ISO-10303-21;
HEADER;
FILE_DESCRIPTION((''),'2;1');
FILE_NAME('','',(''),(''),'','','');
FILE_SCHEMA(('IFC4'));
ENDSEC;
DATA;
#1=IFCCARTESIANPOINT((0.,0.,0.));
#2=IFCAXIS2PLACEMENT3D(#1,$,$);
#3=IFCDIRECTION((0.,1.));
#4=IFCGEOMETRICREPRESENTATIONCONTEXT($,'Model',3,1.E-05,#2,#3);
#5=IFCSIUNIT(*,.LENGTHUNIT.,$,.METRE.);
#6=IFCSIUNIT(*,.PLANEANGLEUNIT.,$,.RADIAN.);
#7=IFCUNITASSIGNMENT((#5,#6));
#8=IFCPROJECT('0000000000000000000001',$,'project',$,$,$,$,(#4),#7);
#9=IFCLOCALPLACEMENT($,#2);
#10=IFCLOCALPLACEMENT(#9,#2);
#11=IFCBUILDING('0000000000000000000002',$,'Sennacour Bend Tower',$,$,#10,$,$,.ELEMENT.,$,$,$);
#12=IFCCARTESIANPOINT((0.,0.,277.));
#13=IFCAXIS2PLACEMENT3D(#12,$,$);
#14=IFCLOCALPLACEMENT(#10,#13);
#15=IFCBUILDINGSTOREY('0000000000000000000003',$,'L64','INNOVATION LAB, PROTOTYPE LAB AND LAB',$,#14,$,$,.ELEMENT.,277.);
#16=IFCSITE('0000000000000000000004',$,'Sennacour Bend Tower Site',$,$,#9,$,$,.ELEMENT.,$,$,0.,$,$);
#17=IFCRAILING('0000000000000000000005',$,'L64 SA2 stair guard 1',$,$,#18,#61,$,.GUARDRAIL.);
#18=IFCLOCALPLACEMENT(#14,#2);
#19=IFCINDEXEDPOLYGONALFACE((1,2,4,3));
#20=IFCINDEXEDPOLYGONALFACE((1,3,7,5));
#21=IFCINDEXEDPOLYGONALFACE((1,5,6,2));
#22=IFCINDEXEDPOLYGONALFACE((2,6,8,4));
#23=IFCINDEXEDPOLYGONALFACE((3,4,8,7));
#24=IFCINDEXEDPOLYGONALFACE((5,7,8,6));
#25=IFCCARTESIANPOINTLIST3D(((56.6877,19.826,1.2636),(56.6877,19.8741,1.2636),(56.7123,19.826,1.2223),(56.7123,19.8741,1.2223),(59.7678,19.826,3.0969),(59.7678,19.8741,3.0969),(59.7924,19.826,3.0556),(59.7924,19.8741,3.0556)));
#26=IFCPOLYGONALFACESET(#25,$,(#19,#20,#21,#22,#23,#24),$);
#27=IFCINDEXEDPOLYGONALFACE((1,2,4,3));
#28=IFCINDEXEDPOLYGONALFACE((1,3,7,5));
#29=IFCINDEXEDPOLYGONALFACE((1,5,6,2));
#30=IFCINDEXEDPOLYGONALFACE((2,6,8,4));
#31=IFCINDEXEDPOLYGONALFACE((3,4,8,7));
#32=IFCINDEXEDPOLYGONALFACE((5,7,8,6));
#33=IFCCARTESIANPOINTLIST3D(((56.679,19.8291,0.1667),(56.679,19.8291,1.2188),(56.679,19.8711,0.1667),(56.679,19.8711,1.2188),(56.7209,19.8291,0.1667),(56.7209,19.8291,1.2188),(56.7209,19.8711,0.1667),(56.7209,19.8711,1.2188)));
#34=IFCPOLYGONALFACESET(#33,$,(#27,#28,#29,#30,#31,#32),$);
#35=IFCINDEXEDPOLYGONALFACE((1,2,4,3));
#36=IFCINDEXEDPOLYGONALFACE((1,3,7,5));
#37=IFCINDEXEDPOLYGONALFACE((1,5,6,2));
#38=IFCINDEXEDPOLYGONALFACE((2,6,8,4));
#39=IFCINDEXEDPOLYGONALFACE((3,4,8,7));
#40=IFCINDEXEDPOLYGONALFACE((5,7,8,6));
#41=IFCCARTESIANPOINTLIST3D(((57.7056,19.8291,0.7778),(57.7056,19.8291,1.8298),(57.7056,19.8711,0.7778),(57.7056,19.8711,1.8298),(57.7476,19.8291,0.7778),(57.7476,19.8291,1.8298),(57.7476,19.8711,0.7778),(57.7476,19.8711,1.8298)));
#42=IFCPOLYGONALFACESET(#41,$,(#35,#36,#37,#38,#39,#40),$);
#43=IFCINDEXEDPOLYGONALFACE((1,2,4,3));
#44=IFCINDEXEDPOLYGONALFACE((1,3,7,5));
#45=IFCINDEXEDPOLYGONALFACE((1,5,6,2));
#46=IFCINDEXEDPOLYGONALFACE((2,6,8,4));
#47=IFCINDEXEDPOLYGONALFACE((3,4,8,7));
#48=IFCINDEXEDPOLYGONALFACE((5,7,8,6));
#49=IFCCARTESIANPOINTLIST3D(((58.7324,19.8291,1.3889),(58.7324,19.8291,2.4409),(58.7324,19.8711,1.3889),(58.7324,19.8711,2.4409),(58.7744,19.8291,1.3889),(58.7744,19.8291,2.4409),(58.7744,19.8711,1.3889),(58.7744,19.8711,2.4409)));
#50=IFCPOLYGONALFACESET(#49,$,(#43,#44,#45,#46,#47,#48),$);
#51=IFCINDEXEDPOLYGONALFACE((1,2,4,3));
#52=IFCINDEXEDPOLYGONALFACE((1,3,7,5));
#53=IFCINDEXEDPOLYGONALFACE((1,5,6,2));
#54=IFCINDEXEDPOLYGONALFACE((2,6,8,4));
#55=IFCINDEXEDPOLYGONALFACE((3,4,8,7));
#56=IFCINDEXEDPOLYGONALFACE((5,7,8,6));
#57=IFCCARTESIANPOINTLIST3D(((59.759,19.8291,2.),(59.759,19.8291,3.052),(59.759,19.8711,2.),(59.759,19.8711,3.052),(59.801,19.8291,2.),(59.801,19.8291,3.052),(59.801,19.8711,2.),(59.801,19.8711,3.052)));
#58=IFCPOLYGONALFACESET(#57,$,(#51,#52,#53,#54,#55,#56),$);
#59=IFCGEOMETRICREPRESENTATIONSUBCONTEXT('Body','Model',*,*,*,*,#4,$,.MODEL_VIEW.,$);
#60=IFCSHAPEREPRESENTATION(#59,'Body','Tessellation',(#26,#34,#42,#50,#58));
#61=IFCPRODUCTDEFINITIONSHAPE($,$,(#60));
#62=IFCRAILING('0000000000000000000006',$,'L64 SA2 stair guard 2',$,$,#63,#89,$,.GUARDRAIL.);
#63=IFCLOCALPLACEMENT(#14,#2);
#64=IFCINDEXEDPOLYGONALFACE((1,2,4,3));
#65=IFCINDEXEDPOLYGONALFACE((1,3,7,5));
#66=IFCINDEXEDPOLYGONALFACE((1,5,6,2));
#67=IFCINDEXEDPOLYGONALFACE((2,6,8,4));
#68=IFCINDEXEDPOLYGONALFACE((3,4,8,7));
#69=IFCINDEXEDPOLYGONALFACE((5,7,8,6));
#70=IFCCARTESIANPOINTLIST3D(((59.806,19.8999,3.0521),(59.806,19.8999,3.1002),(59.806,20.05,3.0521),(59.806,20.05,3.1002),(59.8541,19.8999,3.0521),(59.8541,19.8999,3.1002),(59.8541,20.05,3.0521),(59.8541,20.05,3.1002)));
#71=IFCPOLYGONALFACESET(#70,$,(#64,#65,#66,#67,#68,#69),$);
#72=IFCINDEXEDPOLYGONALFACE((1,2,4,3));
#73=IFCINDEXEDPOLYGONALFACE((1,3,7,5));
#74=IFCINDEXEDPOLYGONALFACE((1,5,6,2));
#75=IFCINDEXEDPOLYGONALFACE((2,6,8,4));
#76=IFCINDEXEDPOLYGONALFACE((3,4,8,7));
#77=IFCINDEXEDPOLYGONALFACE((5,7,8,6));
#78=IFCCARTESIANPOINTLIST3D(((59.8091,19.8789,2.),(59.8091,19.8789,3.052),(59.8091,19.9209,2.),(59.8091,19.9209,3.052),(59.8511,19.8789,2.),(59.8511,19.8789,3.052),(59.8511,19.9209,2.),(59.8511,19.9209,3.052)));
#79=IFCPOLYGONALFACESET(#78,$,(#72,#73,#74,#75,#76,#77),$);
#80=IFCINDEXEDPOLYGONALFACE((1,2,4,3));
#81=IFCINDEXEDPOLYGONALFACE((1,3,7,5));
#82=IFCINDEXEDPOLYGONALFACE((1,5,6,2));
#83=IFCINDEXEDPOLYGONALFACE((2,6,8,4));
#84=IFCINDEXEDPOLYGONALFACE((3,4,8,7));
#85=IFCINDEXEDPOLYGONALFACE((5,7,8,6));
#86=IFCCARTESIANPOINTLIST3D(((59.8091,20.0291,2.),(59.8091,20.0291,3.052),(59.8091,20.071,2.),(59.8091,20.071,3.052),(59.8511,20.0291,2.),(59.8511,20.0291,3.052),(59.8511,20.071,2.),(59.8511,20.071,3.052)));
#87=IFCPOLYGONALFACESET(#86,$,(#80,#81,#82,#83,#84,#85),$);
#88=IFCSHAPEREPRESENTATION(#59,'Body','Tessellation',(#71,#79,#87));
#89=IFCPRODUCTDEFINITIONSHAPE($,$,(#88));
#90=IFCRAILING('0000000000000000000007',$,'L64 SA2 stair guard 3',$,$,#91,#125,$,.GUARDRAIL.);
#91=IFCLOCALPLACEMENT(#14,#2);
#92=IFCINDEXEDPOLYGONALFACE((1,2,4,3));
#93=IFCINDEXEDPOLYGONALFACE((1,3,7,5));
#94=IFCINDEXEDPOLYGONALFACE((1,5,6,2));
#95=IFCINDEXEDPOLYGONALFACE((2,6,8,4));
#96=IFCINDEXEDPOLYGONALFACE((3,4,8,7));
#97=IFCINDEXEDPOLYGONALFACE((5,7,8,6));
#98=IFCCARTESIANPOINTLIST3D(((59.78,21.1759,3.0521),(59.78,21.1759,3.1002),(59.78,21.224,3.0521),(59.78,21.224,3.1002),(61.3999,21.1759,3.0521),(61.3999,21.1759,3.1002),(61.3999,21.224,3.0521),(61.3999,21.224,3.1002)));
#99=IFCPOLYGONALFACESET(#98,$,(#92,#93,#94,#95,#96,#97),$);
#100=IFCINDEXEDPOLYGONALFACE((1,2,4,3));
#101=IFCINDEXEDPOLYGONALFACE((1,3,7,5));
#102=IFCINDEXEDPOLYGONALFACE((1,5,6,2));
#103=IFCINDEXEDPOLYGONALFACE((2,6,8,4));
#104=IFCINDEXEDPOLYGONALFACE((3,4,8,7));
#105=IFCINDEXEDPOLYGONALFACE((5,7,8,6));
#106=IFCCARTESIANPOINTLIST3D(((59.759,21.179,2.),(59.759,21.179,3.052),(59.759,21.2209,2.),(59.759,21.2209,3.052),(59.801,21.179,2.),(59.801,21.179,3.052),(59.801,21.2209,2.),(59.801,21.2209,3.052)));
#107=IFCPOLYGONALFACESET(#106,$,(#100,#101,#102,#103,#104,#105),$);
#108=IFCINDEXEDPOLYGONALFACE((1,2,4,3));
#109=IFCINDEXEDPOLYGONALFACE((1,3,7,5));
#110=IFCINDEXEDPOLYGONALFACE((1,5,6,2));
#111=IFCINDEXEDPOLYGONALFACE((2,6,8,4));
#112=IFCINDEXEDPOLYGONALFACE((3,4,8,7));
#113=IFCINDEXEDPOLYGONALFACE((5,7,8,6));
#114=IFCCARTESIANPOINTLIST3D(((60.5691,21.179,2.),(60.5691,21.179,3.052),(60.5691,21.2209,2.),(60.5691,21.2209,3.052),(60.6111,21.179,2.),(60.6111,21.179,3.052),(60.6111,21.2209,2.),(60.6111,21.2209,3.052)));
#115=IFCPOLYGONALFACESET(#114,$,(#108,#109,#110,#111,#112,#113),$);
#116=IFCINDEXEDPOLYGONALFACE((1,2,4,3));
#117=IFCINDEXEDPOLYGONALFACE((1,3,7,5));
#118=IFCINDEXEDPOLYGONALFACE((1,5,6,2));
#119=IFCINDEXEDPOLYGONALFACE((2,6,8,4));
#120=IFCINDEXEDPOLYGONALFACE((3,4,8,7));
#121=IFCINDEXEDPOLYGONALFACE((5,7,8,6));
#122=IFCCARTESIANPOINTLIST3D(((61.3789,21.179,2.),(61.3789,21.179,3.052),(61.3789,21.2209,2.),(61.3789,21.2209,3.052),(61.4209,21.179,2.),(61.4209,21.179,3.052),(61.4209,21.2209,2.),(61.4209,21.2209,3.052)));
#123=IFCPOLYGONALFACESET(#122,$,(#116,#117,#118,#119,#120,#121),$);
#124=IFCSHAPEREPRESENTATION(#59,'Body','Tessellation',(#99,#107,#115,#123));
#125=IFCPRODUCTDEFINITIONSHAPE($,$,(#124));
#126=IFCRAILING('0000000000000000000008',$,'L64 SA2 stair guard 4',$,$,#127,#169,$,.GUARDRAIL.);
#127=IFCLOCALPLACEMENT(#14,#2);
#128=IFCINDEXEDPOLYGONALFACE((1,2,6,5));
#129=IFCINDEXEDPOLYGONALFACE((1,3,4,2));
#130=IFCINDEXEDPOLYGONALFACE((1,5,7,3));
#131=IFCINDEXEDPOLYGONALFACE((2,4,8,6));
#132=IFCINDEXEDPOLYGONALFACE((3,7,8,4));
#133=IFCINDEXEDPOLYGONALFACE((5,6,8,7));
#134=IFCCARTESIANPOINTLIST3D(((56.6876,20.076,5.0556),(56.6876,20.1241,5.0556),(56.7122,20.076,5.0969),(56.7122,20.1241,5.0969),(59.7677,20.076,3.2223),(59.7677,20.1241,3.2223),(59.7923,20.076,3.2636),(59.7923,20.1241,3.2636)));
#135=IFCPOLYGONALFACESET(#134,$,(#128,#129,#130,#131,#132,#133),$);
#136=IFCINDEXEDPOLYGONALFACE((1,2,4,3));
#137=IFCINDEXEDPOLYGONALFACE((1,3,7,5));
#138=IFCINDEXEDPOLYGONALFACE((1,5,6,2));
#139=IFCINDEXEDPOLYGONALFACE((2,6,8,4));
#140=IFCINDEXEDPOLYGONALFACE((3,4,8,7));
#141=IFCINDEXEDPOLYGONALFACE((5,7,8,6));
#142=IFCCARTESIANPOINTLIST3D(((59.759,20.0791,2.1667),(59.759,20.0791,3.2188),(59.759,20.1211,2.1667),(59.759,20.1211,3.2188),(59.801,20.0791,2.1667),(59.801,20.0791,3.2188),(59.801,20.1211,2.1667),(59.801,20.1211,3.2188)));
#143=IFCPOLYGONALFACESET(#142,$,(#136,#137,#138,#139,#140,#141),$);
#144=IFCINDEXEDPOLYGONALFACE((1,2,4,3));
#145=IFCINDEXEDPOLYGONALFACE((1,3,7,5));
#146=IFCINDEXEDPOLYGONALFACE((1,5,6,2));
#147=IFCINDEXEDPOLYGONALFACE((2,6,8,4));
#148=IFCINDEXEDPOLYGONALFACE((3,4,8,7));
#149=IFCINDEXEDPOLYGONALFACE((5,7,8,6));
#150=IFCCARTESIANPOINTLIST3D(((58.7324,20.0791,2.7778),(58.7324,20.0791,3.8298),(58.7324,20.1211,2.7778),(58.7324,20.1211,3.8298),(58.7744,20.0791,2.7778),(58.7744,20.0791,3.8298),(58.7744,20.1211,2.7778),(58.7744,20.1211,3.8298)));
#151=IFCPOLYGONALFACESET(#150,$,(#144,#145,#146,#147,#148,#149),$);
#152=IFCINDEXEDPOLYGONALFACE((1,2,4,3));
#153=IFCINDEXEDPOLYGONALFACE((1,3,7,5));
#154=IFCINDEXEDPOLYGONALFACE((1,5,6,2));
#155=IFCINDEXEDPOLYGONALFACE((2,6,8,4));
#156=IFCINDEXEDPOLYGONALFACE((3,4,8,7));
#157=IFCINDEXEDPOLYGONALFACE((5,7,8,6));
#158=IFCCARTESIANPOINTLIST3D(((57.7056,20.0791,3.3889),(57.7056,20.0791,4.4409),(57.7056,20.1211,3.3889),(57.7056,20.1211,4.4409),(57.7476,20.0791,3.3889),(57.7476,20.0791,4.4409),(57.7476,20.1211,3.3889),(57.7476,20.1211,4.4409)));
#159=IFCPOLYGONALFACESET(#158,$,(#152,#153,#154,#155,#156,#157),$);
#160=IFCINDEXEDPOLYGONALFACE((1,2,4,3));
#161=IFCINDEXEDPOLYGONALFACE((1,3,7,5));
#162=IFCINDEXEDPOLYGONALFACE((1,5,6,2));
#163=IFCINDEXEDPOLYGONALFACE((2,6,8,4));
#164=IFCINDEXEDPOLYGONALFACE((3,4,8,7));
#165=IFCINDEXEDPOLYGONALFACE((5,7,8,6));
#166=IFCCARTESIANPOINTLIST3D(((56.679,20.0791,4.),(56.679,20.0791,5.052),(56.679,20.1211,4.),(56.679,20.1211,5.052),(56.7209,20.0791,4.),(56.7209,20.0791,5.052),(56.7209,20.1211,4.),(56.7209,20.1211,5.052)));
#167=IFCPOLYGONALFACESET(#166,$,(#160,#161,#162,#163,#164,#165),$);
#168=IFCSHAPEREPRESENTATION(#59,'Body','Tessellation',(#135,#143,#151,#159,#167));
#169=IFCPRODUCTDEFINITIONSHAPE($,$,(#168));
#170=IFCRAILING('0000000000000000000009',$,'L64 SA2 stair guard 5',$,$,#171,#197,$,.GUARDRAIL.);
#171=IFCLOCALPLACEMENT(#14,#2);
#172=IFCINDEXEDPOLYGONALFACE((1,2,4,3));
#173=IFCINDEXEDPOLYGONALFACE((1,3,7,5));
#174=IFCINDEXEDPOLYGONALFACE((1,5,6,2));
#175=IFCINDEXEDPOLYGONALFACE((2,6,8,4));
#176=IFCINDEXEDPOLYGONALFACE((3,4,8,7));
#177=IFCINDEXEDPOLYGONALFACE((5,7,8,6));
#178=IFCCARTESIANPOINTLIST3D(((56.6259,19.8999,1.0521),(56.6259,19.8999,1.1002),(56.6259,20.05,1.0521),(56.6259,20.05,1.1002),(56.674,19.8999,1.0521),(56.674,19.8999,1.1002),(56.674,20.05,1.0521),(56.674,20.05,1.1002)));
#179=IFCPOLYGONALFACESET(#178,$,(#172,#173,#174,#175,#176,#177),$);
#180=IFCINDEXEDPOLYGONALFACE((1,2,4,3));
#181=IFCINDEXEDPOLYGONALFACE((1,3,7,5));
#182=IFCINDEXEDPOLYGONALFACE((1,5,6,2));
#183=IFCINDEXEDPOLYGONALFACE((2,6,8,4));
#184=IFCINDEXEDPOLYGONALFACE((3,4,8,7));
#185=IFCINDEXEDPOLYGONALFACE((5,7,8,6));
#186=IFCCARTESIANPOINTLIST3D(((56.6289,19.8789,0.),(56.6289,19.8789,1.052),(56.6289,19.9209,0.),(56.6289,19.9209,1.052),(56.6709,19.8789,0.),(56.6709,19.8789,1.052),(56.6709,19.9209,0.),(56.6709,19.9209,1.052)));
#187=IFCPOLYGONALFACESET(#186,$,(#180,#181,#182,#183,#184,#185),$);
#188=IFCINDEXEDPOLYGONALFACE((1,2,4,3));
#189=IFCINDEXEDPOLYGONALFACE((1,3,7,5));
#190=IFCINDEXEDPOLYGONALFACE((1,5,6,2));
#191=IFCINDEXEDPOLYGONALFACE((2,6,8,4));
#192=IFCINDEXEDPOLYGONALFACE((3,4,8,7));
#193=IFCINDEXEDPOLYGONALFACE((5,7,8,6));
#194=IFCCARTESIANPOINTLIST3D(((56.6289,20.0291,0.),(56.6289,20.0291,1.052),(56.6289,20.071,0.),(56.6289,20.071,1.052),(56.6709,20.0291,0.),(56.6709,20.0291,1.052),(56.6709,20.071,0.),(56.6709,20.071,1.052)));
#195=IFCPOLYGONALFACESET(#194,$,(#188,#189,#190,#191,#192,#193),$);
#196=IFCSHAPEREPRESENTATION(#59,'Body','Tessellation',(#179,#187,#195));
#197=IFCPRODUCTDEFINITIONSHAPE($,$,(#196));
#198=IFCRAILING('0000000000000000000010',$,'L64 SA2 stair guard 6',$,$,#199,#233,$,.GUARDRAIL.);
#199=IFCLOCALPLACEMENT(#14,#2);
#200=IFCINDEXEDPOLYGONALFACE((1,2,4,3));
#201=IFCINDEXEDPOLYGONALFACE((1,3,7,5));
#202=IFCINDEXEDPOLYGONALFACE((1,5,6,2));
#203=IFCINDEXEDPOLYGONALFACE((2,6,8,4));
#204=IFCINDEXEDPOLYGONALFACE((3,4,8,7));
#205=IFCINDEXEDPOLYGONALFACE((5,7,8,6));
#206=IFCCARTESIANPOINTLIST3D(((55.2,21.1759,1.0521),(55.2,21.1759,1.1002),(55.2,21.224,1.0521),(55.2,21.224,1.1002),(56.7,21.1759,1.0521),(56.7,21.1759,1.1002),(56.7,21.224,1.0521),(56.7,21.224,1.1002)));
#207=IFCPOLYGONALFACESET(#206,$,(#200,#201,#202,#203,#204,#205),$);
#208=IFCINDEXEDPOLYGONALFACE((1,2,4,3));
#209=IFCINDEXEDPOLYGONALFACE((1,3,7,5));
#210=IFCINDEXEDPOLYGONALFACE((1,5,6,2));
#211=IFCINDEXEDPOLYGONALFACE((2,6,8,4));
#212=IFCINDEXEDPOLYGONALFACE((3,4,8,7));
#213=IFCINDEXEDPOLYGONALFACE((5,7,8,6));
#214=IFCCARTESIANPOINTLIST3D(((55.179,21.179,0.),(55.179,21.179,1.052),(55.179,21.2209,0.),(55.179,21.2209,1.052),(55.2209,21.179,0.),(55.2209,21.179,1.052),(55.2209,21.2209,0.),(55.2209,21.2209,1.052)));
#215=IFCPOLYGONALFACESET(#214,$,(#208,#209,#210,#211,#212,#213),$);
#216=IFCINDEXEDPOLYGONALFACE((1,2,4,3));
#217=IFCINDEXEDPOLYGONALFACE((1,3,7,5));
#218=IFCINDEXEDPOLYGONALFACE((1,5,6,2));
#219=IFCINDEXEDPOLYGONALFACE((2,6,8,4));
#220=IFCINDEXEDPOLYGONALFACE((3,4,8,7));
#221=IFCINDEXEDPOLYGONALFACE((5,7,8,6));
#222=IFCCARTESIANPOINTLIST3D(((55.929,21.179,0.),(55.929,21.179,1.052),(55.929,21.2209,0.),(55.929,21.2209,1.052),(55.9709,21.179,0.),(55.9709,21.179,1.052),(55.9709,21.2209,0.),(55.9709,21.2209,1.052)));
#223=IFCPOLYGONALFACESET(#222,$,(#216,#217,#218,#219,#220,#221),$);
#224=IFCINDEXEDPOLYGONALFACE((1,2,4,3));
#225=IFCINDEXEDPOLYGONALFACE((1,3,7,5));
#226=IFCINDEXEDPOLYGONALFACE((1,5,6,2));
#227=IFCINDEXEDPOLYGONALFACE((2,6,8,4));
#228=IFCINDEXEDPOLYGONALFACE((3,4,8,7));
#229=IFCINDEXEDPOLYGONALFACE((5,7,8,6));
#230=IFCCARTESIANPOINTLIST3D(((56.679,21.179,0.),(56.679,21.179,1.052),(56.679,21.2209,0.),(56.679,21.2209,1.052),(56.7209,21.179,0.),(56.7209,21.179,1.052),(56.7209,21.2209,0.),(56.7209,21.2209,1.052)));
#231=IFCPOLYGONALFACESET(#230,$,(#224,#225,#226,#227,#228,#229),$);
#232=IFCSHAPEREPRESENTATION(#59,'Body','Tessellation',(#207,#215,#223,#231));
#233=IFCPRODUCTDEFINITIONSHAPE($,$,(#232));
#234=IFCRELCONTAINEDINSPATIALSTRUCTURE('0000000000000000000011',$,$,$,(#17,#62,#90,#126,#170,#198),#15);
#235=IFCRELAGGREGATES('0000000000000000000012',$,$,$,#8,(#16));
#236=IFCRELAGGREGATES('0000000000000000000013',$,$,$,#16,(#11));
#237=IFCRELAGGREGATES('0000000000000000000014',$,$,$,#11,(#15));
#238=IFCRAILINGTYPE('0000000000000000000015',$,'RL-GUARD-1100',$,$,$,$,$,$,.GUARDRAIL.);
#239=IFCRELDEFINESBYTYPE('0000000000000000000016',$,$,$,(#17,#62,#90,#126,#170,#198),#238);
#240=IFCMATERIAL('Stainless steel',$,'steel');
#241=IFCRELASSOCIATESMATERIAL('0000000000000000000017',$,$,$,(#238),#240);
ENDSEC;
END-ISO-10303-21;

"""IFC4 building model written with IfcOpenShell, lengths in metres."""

from ifc_helpers import new_model, si_unit, direction, frame, origin, origin_2d, place, context, subcontext, project, spatial, rectangle, extrude, material, type_object, element, save


model = new_model("IFC4")

# Units and contexts
model_context = context("Model", 3, precision=1e-05, world=origin(), true_north=direction((0.0, 1.0)))
body_context = subcontext(model_context, "Body", "Model", "MODEL_VIEW")
ifc_project = project(units=[si_unit("LENGTHUNIT", "METRE"), si_unit("PLANEANGLEUNIT", "RADIAN")], contexts=[model_context])

# Site, building, storey
site_placement = place(None, origin())
site = spatial("IfcSite", under=ifc_project, at=site_placement, Name="Sennacour Bend Tower Site", CompositionType="ELEMENT", RefElevation=0.0)
building_placement = place(site_placement, origin())
building = spatial("IfcBuilding", under=site, at=building_placement, Name="Sennacour Bend Tower", CompositionType="ELEMENT")
storey_placement = place(building_placement, frame((0.0, 0.0, 277.0)))
storey = spatial("IfcBuildingStorey", under=building, at=storey_placement, Name="L64", Description="INNOVATION LAB, PROTOTYPE LAB AND LAB", CompositionType="ELEMENT", Elevation=277.0)

# Railings
ifc_material_1 = material(Name="Stainless steel", Category="steel")
railing_type_1 = type_object("IfcRailingType", Name="RL-GUARD-1100", PredefinedType="GUARDRAIL", material=ifc_material_1)
railing_1_placement = place(storey_placement, frame((56.7, 19.8501, 0.1667)))
element("IfcRailing", 1, at=railing_1_placement, inside=storey, type_object=railing_type_1, Name="L64 SA2 stair guard 1", PredefinedType="GUARDRAIL", context=body_context, shape_type="SweptSolid", body=[
    extrude(rectangle(XDim=0.0481, YDim=0.0481, at=origin_2d()), frame((0.0, 0.0, 1.0762), z_axis=(0.859309, 0.0, 0.511458), x_axis=(0.0, 1.0, 0.0)), (0.0, 0.0, 1.0), 3.5845),
    extrude(rectangle(XDim=0.042, YDim=0.042, at=origin_2d()), origin(), (0.0, 0.0, 1.0), 1.052),
    extrude(rectangle(XDim=0.042, YDim=0.042, at=origin_2d()), frame((1.0266, 0.0, 0.6111)), (0.0, 0.0, 1.0), 1.052),
    extrude(rectangle(XDim=0.042, YDim=0.042, at=origin_2d()), frame((2.0535, 0.0, 1.2222)), (0.0, 0.0, 1.0), 1.052),
    extrude(rectangle(XDim=0.042, YDim=0.042, at=origin_2d()), frame((3.0801, 0.0, 1.8333)), (0.0, 0.0, 1.0), 1.052),
])
railing_2_placement = place(storey_placement, frame((59.8301, 19.8999, 2.0)))
element("IfcRailing", 2, at=railing_2_placement, inside=storey, type_object=railing_type_1, Name="L64 SA2 stair guard 2", PredefinedType="GUARDRAIL", context=body_context, shape_type="SweptSolid", body=[
    extrude(rectangle(XDim=0.0481, YDim=0.0481, at=origin_2d()), frame((0.0, 0.0, 1.0762), z_axis=(0.0, 1.0, 0.0), x_axis=(-1.0, 0.0, 0.0)), (0.0, 0.0, 1.0), 0.1501),
    extrude(rectangle(XDim=0.042, YDim=0.042, at=origin_2d()), origin(), (0.0, 0.0, 1.0), 1.052),
    extrude(rectangle(XDim=0.042, YDim=0.042, at=origin_2d()), frame((0.0, 0.1501, 0.0)), (0.0, 0.0, 1.0), 1.052),
])
railing_3_placement = place(storey_placement, frame((59.78, 21.2, 2.0)))
element("IfcRailing", 3, at=railing_3_placement, inside=storey, type_object=railing_type_1, Name="L64 SA2 stair guard 3", PredefinedType="GUARDRAIL", context=body_context, shape_type="SweptSolid", body=[
    extrude(rectangle(XDim=0.0481, YDim=0.0481, at=origin_2d()), frame((0.0, 0.0, 1.0762), z_axis=(1.0, 0.0, 0.0), x_axis=(0.0, 1.0, 0.0)), (0.0, 0.0, 1.0), 1.6199),
    extrude(rectangle(XDim=0.042, YDim=0.042, at=origin_2d()), origin(), (0.0, 0.0, 1.0), 1.052),
    extrude(rectangle(XDim=0.042, YDim=0.042, at=origin_2d()), frame((0.8101, 0.0, 0.0)), (0.0, 0.0, 1.0), 1.052),
    extrude(rectangle(XDim=0.042, YDim=0.042, at=origin_2d()), frame((1.6199, 0.0, 0.0)), (0.0, 0.0, 1.0), 1.052),
])
railing_4_placement = place(storey_placement, frame((59.78, 20.1001, 2.1667)))
element("IfcRailing", 4, at=railing_4_placement, inside=storey, type_object=railing_type_1, Name="L64 SA2 stair guard 4", PredefinedType="GUARDRAIL", context=body_context, shape_type="SweptSolid", body=[
    extrude(rectangle(XDim=0.0481, YDim=0.0481, at=origin_2d()), frame((0.0, 0.0, 1.0762), z_axis=(-0.859309, 0.0, 0.511458), x_axis=(0.0, -1.0, 0.0)), (0.0, 0.0, 1.0), 3.5845),
    extrude(rectangle(XDim=0.042, YDim=0.042, at=origin_2d()), origin(), (0.0, 0.0, 1.0), 1.052),
    extrude(rectangle(XDim=0.042, YDim=0.042, at=origin_2d()), frame((-1.0266, 0.0, 0.6111)), (0.0, 0.0, 1.0), 1.052),
    extrude(rectangle(XDim=0.042, YDim=0.042, at=origin_2d()), frame((-2.0535, 0.0, 1.2222)), (0.0, 0.0, 1.0), 1.052),
    extrude(rectangle(XDim=0.042, YDim=0.042, at=origin_2d()), frame((-3.0801, 0.0, 1.8333)), (0.0, 0.0, 1.0), 1.052),
])
railing_5_placement = place(storey_placement, frame((56.6499, 19.8999, 0.0)))
element("IfcRailing", 5, at=railing_5_placement, inside=storey, type_object=railing_type_1, Name="L64 SA2 stair guard 5", PredefinedType="GUARDRAIL", context=body_context, shape_type="SweptSolid", body=[
    extrude(rectangle(XDim=0.0481, YDim=0.0481, at=origin_2d()), frame((0.0, 0.0, 1.0762), z_axis=(0.0, 1.0, 0.0), x_axis=(-1.0, 0.0, 0.0)), (0.0, 0.0, 1.0), 0.1501),
    extrude(rectangle(XDim=0.042, YDim=0.042, at=origin_2d()), origin(), (0.0, 0.0, 1.0), 1.052),
    extrude(rectangle(XDim=0.042, YDim=0.042, at=origin_2d()), frame((0.0, 0.1501, 0.0)), (0.0, 0.0, 1.0), 1.052),
])
railing_6_placement = place(storey_placement, frame((55.2, 21.2, 0.0)))
element("IfcRailing", 6, at=railing_6_placement, inside=storey, type_object=railing_type_1, Name="L64 SA2 stair guard 6", PredefinedType="GUARDRAIL", context=body_context, shape_type="SweptSolid", body=[
    extrude(rectangle(XDim=0.0481, YDim=0.0481, at=origin_2d()), frame((0.0, 0.0, 1.0762), z_axis=(1.0, 0.0, 0.0), x_axis=(0.0, 1.0, 0.0)), (0.0, 0.0, 1.0), 1.5),
    extrude(rectangle(XDim=0.042, YDim=0.042, at=origin_2d()), origin(), (0.0, 0.0, 1.0), 1.052),
    extrude(rectangle(XDim=0.042, YDim=0.042, at=origin_2d()), frame((0.75, 0.0, 0.0)), (0.0, 0.0, 1.0), 1.052),
    extrude(rectangle(XDim=0.042, YDim=0.042, at=origin_2d()), frame((1.5, 0.0, 0.0)), (0.0, 0.0, 1.0), 1.052),
])

save(model, "model.ifc")
